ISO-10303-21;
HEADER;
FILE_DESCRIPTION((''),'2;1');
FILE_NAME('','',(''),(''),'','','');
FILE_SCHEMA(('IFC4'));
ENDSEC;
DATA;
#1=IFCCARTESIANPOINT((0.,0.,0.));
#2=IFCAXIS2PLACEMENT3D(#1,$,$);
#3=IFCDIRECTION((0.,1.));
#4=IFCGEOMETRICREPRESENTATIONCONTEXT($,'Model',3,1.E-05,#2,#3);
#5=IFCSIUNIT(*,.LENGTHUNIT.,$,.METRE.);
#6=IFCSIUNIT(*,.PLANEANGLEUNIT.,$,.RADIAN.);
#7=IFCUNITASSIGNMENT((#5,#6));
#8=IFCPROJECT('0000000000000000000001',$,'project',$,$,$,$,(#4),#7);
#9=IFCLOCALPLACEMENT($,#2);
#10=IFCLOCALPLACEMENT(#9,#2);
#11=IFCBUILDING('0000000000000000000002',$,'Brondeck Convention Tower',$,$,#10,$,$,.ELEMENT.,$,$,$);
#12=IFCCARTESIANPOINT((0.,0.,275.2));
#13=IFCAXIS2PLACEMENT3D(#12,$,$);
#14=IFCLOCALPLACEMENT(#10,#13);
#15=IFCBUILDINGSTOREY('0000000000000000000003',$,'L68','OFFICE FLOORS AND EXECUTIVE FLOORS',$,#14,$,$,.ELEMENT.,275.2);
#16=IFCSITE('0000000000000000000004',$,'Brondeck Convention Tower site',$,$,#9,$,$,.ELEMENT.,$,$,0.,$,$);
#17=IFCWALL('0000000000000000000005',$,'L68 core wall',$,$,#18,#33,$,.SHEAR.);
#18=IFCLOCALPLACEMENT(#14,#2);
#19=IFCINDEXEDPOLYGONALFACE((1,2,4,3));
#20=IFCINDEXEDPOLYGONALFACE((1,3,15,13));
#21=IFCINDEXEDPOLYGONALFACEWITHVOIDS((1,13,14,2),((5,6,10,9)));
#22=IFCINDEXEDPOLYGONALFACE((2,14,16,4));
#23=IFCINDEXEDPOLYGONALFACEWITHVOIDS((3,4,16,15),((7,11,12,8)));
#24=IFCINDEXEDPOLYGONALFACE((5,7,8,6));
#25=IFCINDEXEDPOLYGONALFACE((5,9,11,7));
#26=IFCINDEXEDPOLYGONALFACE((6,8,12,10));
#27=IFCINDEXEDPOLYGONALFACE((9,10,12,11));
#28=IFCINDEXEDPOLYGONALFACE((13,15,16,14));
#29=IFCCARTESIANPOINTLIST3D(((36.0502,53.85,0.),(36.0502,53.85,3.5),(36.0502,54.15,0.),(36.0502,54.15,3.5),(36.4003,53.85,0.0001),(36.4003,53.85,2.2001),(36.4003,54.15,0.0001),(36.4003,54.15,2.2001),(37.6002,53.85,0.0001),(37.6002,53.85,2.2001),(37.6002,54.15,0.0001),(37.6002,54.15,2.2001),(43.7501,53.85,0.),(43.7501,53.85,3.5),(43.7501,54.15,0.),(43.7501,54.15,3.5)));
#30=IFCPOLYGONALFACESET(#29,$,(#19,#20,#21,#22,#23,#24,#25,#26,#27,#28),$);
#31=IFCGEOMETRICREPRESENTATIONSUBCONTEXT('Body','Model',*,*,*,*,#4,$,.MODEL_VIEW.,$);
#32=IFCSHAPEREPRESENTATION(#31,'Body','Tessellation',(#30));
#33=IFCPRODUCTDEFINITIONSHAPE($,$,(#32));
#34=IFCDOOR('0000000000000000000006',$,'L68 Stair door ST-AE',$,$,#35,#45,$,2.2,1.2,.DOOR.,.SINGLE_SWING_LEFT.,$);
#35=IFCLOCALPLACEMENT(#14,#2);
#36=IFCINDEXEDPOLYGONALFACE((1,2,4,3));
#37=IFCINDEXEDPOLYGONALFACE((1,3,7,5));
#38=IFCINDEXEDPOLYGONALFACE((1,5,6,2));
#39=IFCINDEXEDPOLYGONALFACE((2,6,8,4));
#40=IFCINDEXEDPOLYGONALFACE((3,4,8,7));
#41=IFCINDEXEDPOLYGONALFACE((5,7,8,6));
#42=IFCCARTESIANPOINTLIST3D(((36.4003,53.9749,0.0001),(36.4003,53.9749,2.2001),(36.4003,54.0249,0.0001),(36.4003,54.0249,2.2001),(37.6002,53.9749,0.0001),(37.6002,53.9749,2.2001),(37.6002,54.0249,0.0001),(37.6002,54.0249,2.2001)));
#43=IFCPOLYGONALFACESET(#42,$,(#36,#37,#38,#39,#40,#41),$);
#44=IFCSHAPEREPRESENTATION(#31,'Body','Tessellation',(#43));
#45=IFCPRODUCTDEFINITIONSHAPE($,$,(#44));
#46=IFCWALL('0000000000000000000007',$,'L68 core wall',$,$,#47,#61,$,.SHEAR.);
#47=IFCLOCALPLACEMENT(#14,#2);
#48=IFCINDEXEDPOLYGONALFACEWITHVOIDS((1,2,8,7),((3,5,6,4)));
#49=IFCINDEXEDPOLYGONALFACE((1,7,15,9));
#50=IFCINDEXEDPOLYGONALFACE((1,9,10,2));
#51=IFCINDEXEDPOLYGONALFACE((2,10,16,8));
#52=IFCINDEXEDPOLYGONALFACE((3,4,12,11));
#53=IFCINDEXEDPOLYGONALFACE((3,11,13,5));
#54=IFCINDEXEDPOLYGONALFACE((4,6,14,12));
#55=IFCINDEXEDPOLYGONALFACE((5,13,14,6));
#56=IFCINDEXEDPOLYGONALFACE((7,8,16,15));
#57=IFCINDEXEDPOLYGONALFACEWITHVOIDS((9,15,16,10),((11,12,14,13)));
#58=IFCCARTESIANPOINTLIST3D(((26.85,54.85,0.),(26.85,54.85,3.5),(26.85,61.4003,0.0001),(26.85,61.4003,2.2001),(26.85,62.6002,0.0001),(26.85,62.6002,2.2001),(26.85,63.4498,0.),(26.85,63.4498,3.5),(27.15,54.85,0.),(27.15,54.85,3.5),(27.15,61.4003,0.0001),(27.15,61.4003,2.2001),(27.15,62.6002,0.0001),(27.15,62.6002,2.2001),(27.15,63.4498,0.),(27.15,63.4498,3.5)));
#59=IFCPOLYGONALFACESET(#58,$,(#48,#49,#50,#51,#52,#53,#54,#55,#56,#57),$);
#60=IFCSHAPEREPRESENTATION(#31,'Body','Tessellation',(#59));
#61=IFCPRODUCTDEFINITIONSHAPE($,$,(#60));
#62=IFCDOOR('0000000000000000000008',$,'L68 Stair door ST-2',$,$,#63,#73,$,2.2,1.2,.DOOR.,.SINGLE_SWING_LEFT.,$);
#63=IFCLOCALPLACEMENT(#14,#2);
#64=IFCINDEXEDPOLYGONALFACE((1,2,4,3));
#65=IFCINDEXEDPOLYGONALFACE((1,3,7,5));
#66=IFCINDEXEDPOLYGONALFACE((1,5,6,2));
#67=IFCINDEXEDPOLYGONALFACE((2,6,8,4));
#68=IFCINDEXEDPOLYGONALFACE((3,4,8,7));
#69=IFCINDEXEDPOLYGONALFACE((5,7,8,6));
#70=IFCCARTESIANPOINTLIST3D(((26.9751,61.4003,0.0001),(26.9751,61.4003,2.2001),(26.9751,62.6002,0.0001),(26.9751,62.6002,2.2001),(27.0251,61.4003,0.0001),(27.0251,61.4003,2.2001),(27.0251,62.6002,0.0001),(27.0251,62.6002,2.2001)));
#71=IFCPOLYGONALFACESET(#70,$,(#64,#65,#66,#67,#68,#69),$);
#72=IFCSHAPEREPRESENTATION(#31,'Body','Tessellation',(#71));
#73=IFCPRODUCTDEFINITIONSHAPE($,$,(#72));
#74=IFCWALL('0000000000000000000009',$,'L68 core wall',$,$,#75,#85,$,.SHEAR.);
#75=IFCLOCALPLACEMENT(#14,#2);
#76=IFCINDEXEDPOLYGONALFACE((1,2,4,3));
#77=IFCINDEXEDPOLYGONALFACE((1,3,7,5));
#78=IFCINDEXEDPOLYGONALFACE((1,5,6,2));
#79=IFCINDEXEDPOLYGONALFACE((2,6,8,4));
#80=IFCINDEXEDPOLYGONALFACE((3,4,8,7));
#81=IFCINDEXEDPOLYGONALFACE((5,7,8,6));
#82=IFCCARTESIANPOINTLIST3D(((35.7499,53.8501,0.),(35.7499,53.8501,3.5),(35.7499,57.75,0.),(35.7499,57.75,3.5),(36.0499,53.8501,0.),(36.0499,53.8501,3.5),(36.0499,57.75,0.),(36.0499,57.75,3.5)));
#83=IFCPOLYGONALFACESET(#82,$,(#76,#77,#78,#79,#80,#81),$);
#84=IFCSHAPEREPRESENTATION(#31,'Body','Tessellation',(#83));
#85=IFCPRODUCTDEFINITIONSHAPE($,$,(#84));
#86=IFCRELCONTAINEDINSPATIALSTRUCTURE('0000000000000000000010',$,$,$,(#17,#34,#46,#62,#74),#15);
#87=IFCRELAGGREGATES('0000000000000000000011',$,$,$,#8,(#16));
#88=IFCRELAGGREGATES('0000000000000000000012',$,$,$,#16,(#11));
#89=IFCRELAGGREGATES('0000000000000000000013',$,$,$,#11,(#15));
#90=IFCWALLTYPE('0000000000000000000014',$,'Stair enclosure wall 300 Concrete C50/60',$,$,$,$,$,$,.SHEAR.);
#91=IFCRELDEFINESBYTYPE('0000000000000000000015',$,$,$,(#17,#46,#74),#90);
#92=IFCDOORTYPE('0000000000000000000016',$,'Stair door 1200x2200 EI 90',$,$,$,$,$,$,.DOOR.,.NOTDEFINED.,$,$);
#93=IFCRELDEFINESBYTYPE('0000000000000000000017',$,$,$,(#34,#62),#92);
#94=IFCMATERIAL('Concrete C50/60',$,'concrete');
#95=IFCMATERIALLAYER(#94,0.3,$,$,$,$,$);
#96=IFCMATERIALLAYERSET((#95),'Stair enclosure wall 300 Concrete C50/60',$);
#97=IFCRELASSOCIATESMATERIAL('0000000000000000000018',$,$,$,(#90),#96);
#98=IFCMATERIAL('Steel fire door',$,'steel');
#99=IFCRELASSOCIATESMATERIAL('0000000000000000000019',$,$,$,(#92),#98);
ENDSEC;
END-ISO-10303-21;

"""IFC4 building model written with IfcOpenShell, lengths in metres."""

from ifc_helpers import new_model, si_unit, direction, frame, frame_2d, origin, place, context, subcontext, project, spatial, rectangle, extrude, material, layer, layer_set, type_object, element, fill, save


model = new_model("IFC4")

# Units and contexts
model_context = context("Model", 3, precision=1e-05, world=origin(), true_north=direction((0.0, 1.0)))
body_context = subcontext(model_context, "Body", "Model", "MODEL_VIEW")
ifc_project = project(units=[si_unit("LENGTHUNIT", "METRE"), si_unit("PLANEANGLEUNIT", "RADIAN")], contexts=[model_context])

# Site, building, storey
site_placement = place(None, origin())
site = spatial("IfcSite", under=ifc_project, at=site_placement, Name="Brondeck Convention Tower site", CompositionType="ELEMENT", RefElevation=0.0)
building_placement = place(site_placement, origin())
building = spatial("IfcBuilding", under=site, at=building_placement, Name="Brondeck Convention Tower", CompositionType="ELEMENT")
storey_placement = place(building_placement, frame((0.0, 0.0, 275.2)))
storey = spatial("IfcBuildingStorey", under=building, at=storey_placement, Name="L68", Description="OFFICE FLOORS AND EXECUTIVE FLOORS", CompositionType="ELEMENT", Elevation=275.2)

# Shared definitions
ifc_material_1 = material(Name="Concrete C50/60", Category="concrete")

# Walls, openings, doors
ifc_layer_1 = layer(ifc_material_1, 0.3)
ifc_layer_set_1 = layer_set([ifc_layer_1], Name="Stair enclosure wall 300 Concrete C50/60")
wall_type_1 = type_object("IfcWallType", Name="Stair enclosure wall 300 Concrete C50/60", PredefinedType="SHEAR", material=ifc_layer_set_1)
wall_1_placement = place(storey_placement, frame((36.05, 54.0, 0.0), z_axis=(0.0, 0.0, 1.0), x_axis=(1.0, 0.0, 0.0)))
wall_1 = element("IfcWall", 1, at=wall_1_placement, inside=storey, type_object=wall_type_1, Name="L68 core wall", PredefinedType="SHEAR", context=body_context, shape_type="SweptSolid", body=[
    extrude(rectangle(XDim=7.7, YDim=0.3, at=frame_2d((3.8501, 0.0))), origin(), (0.0, 0.0, 1.0), 3.5),
])
opening_1_placement = place(wall_1_placement, frame((0.3501, 0.0, 0.0)))
opening_1 = element("IfcOpeningElement", 2, at=opening_1_placement, cuts=wall_1, PredefinedType="OPENING", context=body_context, shape_type="SweptSolid", body=[
    extrude(rectangle(XDim=1.2, YDim=2.2, at=frame_2d((0.6001, 1.1001))), frame((0.0, 0.1599, 0.0), z_axis=(0.0, -1.0, 0.0), x_axis=(1.0, 0.0, 0.0)), (0.0, 0.0, 1.0), 0.3201),
])
ifc_material_2 = material(Name="Steel fire door", Category="steel")
door_type_1 = type_object("IfcDoorType", Name="Stair door 1200x2200 EI 90", OperationType="NOTDEFINED", PredefinedType="DOOR", material=ifc_material_2)
door_1_placement = place(opening_1_placement, origin())
door_1 = element("IfcDoor", 3, at=door_1_placement, inside=storey, type_object=door_type_1, Name="L68 Stair door ST-AE", OperationType="SINGLE_SWING_LEFT", OverallHeight=2.2, OverallWidth=1.2, PredefinedType="DOOR", context=body_context, shape_type="SweptSolid", body=[
    extrude(rectangle(XDim=1.2, YDim=2.2, at=frame_2d((0.6001, 1.1001))), frame((0.0, 0.0249, 0.0), z_axis=(0.0, -1.0, 0.0), x_axis=(1.0, 0.0, 0.0)), (0.0, 0.0, 1.0), 0.05),
])
fill(opening_1, door_1)
wall_2_placement = place(storey_placement, frame((27.0, 54.8501, 0.0), z_axis=(0.0, 0.0, 1.0), x_axis=(0.0, 1.0, 0.0)))
wall_2 = element("IfcWall", 4, at=wall_2_placement, inside=storey, type_object=wall_type_1, Name="L68 core wall", PredefinedType="SHEAR", context=body_context, shape_type="SweptSolid", body=[
    extrude(rectangle(XDim=8.5999, YDim=0.3, at=frame_2d((4.2998, 0.0))), origin(), (0.0, 0.0, 1.0), 3.5),
])
opening_2_placement = place(wall_2_placement, frame((6.55, 0.0, 0.0)))
opening_2 = element("IfcOpeningElement", 5, at=opening_2_placement, cuts=wall_2, PredefinedType="OPENING", context=body_context, shape_type="SweptSolid", body=[
    extrude(rectangle(XDim=1.2, YDim=2.2, at=frame_2d((0.6001, 1.1001))), frame((0.0, 0.1599, 0.0), z_axis=(0.0, -1.0, 0.0), x_axis=(1.0, 0.0, 0.0)), (0.0, 0.0, 1.0), 0.3201),
])
door_2_placement = place(opening_2_placement, origin())
door_2 = element("IfcDoor", 6, at=door_2_placement, inside=storey, type_object=door_type_1, Name="L68 Stair door ST-2", OperationType="SINGLE_SWING_LEFT", OverallHeight=2.2, OverallWidth=1.2, PredefinedType="DOOR", context=body_context, shape_type="SweptSolid", body=[
    extrude(rectangle(XDim=1.2, YDim=2.2, at=frame_2d((0.6001, 1.1001))), frame((0.0, 0.0249, 0.0), z_axis=(0.0, -1.0, 0.0), x_axis=(1.0, 0.0, 0.0)), (0.0, 0.0, 1.0), 0.05),
])
fill(opening_2, door_2)

# Wall
wall_3_placement = place(storey_placement, frame((35.8999, 53.8501, 0.0), z_axis=(0.0, 0.0, 1.0), x_axis=(0.0, 1.0, 0.0)))
element("IfcWall", 7, at=wall_3_placement, inside=storey, type_object=wall_type_1, Name="L68 core wall", PredefinedType="SHEAR", context=body_context, shape_type="SweptSolid", body=[
    extrude(rectangle(XDim=3.8999, YDim=0.3, at=frame_2d((1.95, 0.0))), origin(), (0.0, 0.0, 1.0), 3.5),
])

save(model, "model.ifc")
